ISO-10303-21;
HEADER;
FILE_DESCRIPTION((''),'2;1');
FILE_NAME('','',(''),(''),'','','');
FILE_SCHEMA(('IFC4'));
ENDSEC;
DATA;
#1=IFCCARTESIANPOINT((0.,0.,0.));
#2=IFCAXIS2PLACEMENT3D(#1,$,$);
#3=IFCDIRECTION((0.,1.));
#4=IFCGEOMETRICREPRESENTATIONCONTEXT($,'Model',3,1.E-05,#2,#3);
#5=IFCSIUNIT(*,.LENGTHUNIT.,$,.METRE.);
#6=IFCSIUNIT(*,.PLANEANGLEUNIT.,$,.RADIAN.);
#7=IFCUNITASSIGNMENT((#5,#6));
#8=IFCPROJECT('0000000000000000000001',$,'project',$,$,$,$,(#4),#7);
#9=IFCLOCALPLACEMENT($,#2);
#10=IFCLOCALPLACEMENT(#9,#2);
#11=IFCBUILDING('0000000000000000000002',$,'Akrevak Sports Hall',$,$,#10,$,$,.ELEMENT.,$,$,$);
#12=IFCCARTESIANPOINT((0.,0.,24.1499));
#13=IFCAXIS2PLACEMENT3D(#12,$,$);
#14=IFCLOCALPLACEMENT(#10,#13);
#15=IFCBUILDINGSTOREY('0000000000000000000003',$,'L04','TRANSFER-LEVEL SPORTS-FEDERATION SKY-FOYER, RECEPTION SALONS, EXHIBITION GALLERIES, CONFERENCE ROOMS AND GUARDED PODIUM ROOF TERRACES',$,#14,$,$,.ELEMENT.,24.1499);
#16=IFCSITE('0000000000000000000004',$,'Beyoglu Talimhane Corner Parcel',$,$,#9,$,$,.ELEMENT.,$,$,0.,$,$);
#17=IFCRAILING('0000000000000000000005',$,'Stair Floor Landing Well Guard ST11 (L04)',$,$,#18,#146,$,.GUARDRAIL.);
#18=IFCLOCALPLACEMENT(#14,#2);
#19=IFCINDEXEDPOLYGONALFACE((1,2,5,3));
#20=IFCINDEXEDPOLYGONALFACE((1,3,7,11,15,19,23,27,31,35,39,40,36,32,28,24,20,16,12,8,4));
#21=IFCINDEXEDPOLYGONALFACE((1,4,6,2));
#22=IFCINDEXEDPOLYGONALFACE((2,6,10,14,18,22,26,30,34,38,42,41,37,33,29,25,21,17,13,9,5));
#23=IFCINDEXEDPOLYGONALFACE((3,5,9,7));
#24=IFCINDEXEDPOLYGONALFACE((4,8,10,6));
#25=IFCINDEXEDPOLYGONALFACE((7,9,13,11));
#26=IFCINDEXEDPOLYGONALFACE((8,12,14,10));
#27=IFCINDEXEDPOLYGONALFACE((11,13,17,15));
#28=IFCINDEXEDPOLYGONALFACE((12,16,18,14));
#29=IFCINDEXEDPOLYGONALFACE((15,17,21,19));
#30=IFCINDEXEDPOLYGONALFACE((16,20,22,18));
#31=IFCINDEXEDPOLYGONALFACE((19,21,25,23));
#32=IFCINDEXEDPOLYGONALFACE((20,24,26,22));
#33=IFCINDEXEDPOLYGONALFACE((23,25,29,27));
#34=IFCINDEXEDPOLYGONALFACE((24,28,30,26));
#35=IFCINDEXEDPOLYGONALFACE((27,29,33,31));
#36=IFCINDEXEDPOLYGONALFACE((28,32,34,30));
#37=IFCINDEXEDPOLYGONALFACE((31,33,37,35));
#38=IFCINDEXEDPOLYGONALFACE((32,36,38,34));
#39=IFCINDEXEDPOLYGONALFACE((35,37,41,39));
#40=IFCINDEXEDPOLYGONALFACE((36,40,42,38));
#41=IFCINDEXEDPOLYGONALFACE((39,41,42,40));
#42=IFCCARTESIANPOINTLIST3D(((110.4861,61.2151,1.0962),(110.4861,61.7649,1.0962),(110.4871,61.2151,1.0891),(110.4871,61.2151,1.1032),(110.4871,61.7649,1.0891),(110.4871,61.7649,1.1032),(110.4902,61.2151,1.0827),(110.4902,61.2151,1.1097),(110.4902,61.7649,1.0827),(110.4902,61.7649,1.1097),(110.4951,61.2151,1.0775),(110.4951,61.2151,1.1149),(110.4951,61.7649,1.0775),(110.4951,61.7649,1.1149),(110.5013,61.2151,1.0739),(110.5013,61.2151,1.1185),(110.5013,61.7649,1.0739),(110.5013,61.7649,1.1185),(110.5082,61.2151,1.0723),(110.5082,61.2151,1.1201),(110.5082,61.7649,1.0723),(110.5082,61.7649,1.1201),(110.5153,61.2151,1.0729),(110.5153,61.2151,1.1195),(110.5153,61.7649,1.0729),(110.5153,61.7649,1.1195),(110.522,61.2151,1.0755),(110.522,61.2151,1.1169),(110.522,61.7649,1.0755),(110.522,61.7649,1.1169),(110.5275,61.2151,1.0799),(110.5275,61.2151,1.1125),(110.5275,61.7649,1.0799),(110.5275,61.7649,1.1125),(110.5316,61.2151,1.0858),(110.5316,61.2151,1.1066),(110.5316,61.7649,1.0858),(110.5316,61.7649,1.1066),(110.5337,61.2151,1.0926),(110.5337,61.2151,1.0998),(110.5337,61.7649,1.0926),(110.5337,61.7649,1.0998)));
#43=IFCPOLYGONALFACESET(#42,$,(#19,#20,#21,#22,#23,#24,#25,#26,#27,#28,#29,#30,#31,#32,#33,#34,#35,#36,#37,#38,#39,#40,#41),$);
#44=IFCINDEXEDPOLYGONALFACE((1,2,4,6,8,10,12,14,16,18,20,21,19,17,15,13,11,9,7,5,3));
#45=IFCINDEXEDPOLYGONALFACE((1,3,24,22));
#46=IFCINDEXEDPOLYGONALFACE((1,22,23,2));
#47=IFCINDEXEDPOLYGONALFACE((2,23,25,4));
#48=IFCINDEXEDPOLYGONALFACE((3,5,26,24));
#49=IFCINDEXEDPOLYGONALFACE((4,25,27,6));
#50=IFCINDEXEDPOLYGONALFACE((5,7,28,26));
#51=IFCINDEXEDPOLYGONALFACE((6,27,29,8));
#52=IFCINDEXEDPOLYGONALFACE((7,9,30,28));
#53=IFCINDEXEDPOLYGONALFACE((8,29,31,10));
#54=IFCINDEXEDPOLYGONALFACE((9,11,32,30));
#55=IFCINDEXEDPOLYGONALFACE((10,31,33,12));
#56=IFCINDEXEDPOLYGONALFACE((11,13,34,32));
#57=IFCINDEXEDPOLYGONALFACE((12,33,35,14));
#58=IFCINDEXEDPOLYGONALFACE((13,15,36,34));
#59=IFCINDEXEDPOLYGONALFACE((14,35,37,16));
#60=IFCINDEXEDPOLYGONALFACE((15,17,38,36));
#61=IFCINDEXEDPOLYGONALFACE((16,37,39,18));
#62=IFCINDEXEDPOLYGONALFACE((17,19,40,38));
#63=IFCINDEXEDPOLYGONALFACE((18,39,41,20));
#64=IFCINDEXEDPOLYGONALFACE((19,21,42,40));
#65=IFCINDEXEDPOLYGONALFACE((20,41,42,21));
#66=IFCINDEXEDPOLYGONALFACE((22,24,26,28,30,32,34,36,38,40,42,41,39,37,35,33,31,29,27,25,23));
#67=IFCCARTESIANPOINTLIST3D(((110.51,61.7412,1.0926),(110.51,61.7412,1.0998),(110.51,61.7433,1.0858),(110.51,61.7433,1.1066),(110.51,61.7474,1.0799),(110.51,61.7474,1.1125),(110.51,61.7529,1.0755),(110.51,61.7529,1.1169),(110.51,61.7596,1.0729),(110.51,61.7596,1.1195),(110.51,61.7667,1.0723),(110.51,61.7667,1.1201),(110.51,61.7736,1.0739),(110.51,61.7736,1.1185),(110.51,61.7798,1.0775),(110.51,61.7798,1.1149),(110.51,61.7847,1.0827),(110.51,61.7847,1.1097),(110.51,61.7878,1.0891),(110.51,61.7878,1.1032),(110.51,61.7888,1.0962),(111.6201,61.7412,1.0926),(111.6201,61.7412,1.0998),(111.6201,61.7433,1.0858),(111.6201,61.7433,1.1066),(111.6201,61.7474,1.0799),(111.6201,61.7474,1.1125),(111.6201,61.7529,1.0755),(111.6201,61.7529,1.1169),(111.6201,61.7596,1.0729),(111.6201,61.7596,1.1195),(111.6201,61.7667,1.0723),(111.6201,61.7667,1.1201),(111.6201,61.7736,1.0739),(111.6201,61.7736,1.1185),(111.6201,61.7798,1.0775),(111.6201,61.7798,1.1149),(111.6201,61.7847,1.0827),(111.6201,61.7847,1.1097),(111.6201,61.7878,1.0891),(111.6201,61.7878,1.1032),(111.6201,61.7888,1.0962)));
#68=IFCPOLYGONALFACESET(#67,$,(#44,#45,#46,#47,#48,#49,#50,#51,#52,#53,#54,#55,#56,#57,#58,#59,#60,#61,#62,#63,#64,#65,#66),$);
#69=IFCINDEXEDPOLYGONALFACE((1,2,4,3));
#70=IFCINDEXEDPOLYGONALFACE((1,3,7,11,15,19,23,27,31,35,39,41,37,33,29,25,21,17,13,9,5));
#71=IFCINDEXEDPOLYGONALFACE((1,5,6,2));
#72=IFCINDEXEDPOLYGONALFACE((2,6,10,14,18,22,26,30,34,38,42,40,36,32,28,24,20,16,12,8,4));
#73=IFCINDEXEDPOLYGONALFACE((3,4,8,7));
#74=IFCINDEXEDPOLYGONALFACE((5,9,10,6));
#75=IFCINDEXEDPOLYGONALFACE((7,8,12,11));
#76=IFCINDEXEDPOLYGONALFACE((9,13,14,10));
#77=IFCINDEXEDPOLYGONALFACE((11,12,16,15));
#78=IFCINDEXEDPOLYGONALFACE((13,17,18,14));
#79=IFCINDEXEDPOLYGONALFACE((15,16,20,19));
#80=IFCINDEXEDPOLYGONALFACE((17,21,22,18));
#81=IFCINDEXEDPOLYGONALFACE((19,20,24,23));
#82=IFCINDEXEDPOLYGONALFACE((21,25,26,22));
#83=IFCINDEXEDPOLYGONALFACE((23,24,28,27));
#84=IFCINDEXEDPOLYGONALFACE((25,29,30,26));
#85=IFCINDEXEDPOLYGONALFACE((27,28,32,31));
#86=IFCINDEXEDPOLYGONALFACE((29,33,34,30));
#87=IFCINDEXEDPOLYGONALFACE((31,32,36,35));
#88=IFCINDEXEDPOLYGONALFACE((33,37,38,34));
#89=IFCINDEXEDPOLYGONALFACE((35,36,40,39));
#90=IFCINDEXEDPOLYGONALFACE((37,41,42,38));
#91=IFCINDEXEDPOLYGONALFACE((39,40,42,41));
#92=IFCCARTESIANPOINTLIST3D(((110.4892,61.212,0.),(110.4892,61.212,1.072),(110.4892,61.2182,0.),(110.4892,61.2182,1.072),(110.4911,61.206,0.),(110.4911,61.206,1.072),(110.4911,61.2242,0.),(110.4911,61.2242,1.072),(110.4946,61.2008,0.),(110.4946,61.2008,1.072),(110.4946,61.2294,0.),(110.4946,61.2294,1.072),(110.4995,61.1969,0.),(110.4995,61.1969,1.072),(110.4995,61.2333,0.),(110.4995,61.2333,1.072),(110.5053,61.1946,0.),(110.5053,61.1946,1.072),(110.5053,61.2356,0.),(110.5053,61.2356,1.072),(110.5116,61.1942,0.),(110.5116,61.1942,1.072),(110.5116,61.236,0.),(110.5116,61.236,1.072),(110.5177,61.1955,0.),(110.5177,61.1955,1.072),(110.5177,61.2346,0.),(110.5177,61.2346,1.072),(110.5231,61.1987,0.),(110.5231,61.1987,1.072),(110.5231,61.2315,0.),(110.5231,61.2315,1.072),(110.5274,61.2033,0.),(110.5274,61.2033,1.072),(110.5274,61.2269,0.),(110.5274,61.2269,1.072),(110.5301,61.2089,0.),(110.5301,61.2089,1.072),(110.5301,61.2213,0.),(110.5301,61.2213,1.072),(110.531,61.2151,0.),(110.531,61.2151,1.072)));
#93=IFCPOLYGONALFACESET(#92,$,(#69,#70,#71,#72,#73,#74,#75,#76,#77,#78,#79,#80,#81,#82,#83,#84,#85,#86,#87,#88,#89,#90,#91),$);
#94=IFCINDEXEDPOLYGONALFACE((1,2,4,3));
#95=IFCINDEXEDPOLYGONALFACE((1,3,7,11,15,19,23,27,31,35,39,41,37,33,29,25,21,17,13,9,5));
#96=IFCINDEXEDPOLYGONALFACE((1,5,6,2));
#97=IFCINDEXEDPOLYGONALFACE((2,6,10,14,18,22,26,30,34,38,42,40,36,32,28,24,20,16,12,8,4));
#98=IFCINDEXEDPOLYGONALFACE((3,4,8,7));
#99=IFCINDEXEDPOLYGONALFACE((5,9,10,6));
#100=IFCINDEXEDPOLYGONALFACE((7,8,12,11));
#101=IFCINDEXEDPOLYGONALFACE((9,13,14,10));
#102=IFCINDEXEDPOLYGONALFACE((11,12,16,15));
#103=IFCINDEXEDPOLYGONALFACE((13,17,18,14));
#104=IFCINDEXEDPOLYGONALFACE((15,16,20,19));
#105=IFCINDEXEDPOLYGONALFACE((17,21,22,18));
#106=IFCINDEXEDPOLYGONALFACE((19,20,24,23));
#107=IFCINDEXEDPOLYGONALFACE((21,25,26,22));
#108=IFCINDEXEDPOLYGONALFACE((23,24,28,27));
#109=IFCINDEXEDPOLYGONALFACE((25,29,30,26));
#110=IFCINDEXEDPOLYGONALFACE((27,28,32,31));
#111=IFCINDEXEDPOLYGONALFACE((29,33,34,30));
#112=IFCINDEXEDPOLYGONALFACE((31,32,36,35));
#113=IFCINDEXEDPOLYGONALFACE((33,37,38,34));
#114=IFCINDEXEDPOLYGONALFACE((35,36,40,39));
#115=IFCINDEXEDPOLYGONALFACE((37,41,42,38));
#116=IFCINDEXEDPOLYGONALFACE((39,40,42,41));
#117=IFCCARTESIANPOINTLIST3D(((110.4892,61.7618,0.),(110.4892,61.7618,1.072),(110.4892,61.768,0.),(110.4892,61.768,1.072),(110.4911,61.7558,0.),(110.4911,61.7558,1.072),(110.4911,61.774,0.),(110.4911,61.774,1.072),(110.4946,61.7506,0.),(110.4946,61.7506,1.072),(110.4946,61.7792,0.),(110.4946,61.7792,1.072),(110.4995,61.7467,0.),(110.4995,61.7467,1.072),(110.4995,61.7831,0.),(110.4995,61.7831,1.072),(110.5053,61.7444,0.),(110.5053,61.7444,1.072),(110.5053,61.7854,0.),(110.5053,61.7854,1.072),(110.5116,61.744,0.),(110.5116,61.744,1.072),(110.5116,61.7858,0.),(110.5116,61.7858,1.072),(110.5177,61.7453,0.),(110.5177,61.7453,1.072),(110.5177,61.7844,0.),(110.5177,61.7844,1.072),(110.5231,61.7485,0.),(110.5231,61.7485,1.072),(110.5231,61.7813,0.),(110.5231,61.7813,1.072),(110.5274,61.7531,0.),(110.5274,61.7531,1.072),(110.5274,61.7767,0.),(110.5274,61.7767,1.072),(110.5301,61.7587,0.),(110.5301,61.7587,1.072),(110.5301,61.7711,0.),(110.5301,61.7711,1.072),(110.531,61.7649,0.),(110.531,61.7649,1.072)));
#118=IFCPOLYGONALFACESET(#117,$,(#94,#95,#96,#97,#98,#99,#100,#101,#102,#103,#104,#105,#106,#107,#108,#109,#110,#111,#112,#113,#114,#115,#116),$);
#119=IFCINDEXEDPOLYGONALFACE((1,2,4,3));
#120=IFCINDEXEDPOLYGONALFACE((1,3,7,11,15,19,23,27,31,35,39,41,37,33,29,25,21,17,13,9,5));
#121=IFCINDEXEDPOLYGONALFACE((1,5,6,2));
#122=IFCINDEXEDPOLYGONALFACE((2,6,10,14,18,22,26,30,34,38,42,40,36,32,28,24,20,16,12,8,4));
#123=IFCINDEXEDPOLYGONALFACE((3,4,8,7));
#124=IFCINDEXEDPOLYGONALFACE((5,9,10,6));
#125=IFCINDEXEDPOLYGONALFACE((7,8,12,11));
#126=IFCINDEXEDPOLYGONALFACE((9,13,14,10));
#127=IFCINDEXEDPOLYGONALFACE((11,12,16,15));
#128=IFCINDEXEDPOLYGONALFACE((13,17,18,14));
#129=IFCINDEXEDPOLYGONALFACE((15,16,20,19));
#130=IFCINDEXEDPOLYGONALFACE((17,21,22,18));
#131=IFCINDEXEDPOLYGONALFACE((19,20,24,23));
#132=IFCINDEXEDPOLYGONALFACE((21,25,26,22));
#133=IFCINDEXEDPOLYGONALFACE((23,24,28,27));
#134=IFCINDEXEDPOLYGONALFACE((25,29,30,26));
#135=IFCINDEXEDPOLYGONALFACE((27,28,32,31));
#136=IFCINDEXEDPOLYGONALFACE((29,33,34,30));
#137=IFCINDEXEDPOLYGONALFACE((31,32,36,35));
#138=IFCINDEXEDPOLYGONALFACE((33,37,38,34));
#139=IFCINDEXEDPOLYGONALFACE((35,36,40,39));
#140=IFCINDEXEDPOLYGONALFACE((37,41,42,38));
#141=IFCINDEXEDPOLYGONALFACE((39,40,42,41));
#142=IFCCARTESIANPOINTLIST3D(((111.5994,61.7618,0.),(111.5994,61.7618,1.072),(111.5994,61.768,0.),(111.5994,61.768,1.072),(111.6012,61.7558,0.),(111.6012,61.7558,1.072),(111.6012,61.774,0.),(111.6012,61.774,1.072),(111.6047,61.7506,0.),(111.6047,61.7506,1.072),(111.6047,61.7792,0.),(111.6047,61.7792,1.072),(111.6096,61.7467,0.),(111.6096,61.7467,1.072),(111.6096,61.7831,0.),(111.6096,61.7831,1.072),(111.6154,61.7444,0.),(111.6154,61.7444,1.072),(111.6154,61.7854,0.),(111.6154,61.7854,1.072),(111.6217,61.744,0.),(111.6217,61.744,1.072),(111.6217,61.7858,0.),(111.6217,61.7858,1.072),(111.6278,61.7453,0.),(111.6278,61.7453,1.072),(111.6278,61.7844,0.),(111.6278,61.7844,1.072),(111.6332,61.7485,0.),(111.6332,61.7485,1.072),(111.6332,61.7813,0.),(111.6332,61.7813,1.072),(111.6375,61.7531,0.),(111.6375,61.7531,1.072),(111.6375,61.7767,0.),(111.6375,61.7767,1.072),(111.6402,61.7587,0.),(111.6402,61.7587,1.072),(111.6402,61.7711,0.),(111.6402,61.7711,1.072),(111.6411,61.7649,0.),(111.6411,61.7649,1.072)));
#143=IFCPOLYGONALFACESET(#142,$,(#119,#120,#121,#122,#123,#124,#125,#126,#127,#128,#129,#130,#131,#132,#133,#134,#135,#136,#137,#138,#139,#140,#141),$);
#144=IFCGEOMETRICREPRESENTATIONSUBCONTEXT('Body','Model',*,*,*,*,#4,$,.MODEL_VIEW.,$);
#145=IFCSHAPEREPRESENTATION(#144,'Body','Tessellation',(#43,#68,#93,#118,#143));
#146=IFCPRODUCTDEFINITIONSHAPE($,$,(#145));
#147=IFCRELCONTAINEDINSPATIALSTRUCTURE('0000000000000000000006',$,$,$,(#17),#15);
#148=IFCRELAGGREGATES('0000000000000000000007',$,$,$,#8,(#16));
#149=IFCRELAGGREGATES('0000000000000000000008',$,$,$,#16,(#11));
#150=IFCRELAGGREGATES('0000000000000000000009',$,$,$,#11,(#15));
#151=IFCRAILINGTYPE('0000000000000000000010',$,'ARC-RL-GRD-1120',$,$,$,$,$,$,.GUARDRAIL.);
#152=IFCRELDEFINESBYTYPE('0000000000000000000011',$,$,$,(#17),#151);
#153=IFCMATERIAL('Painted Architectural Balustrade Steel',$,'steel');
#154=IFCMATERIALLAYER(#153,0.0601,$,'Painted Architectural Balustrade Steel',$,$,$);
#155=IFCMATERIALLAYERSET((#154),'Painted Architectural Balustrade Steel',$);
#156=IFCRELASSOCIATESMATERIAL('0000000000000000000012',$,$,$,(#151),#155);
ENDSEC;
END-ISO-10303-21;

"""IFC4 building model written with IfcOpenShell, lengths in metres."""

from ifc_helpers import new_model, si_unit, direction, frame, origin, origin_2d, place, context, subcontext, project, spatial, circle, extrude, material, layer, layer_set, type_object, element, save


model = new_model("IFC4")

# Units and contexts
model_context = context("Model", 3, precision=1e-05, world=origin(), true_north=direction((0.0, 1.0)))
body_context = subcontext(model_context, "Body", "Model", "MODEL_VIEW")
ifc_project = project(units=[si_unit("LENGTHUNIT", "METRE"), si_unit("PLANEANGLEUNIT", "RADIAN")], contexts=[model_context])

# Site, building, storey
site_placement = place(None, origin())
site = spatial("IfcSite", under=ifc_project, at=site_placement, Name="Beyoglu Talimhane Corner Parcel", CompositionType="ELEMENT", RefElevation=0.0)
building_placement = place(site_placement, origin())
building = spatial("IfcBuilding", under=site, at=building_placement, Name="Akrevak Sports Hall", CompositionType="ELEMENT")
storey_placement = place(building_placement, frame((0.0, 0.0, 24.1499)))
storey = spatial("IfcBuildingStorey", under=building, at=storey_placement, Name="L04", Description="TRANSFER-LEVEL SPORTS-FEDERATION SKY-FOYER, RECEPTION SALONS, EXHIBITION GALLERIES, CONFERENCE ROOMS AND GUARDED PODIUM ROOF TERRACES", CompositionType="ELEMENT", Elevation=24.1499)

# Railing
ifc_material_1 = material(Name="Painted Architectural Balustrade Steel", Category="steel")
ifc_layer_1 = layer(ifc_material_1, 0.0601, Name="Painted Architectural Balustrade Steel")
ifc_layer_set_1 = layer_set([ifc_layer_1], Name="Painted Architectural Balustrade Steel")
railing_type_1 = type_object("IfcRailingType", Name="ARC-RL-GRD-1120", PredefinedType="GUARDRAIL", material=ifc_layer_set_1)
for number, where, name in (
    (1, (110.51, 61.2151, 0.0), "Stair Floor Landing Well Guard ST11 (L04)"),
):
    element("IfcRailing", number, at=place(storey_placement, frame(where)), inside=storey, type_object=railing_type_1, Name=name, PredefinedType="GUARDRAIL", context=body_context, shape_type="SweptSolid", body=[
        extrude(circle(Radius=0.0239, at=origin_2d()), frame((0.0, 0.0, 1.0962), z_axis=(0.0, 1.0, 0.0), x_axis=(-1.0, 0.0, 0.0)), (0.0, 0.0, 1.0), 0.5498),
        extrude(circle(Radius=0.0239, at=origin_2d()), frame((0.0, 0.5498, 1.0962), z_axis=(1.0, 0.0, 0.0), x_axis=(0.0, 1.0, 0.0)), (0.0, 0.0, 1.0), 1.1101),
        extrude(circle(Radius=0.021, at=origin_2d()), origin(), (0.0, 0.0, 1.0), 1.072),
        extrude(circle(Radius=0.021, at=origin_2d()), frame((0.0, 0.5498, 0.0)), (0.0, 0.0, 1.0), 1.072),
        extrude(circle(Radius=0.021, at=origin_2d()), frame((1.1101, 0.5498, 0.0)), (0.0, 0.0, 1.0), 1.072),
    ])

save(model, "model.ifc")
